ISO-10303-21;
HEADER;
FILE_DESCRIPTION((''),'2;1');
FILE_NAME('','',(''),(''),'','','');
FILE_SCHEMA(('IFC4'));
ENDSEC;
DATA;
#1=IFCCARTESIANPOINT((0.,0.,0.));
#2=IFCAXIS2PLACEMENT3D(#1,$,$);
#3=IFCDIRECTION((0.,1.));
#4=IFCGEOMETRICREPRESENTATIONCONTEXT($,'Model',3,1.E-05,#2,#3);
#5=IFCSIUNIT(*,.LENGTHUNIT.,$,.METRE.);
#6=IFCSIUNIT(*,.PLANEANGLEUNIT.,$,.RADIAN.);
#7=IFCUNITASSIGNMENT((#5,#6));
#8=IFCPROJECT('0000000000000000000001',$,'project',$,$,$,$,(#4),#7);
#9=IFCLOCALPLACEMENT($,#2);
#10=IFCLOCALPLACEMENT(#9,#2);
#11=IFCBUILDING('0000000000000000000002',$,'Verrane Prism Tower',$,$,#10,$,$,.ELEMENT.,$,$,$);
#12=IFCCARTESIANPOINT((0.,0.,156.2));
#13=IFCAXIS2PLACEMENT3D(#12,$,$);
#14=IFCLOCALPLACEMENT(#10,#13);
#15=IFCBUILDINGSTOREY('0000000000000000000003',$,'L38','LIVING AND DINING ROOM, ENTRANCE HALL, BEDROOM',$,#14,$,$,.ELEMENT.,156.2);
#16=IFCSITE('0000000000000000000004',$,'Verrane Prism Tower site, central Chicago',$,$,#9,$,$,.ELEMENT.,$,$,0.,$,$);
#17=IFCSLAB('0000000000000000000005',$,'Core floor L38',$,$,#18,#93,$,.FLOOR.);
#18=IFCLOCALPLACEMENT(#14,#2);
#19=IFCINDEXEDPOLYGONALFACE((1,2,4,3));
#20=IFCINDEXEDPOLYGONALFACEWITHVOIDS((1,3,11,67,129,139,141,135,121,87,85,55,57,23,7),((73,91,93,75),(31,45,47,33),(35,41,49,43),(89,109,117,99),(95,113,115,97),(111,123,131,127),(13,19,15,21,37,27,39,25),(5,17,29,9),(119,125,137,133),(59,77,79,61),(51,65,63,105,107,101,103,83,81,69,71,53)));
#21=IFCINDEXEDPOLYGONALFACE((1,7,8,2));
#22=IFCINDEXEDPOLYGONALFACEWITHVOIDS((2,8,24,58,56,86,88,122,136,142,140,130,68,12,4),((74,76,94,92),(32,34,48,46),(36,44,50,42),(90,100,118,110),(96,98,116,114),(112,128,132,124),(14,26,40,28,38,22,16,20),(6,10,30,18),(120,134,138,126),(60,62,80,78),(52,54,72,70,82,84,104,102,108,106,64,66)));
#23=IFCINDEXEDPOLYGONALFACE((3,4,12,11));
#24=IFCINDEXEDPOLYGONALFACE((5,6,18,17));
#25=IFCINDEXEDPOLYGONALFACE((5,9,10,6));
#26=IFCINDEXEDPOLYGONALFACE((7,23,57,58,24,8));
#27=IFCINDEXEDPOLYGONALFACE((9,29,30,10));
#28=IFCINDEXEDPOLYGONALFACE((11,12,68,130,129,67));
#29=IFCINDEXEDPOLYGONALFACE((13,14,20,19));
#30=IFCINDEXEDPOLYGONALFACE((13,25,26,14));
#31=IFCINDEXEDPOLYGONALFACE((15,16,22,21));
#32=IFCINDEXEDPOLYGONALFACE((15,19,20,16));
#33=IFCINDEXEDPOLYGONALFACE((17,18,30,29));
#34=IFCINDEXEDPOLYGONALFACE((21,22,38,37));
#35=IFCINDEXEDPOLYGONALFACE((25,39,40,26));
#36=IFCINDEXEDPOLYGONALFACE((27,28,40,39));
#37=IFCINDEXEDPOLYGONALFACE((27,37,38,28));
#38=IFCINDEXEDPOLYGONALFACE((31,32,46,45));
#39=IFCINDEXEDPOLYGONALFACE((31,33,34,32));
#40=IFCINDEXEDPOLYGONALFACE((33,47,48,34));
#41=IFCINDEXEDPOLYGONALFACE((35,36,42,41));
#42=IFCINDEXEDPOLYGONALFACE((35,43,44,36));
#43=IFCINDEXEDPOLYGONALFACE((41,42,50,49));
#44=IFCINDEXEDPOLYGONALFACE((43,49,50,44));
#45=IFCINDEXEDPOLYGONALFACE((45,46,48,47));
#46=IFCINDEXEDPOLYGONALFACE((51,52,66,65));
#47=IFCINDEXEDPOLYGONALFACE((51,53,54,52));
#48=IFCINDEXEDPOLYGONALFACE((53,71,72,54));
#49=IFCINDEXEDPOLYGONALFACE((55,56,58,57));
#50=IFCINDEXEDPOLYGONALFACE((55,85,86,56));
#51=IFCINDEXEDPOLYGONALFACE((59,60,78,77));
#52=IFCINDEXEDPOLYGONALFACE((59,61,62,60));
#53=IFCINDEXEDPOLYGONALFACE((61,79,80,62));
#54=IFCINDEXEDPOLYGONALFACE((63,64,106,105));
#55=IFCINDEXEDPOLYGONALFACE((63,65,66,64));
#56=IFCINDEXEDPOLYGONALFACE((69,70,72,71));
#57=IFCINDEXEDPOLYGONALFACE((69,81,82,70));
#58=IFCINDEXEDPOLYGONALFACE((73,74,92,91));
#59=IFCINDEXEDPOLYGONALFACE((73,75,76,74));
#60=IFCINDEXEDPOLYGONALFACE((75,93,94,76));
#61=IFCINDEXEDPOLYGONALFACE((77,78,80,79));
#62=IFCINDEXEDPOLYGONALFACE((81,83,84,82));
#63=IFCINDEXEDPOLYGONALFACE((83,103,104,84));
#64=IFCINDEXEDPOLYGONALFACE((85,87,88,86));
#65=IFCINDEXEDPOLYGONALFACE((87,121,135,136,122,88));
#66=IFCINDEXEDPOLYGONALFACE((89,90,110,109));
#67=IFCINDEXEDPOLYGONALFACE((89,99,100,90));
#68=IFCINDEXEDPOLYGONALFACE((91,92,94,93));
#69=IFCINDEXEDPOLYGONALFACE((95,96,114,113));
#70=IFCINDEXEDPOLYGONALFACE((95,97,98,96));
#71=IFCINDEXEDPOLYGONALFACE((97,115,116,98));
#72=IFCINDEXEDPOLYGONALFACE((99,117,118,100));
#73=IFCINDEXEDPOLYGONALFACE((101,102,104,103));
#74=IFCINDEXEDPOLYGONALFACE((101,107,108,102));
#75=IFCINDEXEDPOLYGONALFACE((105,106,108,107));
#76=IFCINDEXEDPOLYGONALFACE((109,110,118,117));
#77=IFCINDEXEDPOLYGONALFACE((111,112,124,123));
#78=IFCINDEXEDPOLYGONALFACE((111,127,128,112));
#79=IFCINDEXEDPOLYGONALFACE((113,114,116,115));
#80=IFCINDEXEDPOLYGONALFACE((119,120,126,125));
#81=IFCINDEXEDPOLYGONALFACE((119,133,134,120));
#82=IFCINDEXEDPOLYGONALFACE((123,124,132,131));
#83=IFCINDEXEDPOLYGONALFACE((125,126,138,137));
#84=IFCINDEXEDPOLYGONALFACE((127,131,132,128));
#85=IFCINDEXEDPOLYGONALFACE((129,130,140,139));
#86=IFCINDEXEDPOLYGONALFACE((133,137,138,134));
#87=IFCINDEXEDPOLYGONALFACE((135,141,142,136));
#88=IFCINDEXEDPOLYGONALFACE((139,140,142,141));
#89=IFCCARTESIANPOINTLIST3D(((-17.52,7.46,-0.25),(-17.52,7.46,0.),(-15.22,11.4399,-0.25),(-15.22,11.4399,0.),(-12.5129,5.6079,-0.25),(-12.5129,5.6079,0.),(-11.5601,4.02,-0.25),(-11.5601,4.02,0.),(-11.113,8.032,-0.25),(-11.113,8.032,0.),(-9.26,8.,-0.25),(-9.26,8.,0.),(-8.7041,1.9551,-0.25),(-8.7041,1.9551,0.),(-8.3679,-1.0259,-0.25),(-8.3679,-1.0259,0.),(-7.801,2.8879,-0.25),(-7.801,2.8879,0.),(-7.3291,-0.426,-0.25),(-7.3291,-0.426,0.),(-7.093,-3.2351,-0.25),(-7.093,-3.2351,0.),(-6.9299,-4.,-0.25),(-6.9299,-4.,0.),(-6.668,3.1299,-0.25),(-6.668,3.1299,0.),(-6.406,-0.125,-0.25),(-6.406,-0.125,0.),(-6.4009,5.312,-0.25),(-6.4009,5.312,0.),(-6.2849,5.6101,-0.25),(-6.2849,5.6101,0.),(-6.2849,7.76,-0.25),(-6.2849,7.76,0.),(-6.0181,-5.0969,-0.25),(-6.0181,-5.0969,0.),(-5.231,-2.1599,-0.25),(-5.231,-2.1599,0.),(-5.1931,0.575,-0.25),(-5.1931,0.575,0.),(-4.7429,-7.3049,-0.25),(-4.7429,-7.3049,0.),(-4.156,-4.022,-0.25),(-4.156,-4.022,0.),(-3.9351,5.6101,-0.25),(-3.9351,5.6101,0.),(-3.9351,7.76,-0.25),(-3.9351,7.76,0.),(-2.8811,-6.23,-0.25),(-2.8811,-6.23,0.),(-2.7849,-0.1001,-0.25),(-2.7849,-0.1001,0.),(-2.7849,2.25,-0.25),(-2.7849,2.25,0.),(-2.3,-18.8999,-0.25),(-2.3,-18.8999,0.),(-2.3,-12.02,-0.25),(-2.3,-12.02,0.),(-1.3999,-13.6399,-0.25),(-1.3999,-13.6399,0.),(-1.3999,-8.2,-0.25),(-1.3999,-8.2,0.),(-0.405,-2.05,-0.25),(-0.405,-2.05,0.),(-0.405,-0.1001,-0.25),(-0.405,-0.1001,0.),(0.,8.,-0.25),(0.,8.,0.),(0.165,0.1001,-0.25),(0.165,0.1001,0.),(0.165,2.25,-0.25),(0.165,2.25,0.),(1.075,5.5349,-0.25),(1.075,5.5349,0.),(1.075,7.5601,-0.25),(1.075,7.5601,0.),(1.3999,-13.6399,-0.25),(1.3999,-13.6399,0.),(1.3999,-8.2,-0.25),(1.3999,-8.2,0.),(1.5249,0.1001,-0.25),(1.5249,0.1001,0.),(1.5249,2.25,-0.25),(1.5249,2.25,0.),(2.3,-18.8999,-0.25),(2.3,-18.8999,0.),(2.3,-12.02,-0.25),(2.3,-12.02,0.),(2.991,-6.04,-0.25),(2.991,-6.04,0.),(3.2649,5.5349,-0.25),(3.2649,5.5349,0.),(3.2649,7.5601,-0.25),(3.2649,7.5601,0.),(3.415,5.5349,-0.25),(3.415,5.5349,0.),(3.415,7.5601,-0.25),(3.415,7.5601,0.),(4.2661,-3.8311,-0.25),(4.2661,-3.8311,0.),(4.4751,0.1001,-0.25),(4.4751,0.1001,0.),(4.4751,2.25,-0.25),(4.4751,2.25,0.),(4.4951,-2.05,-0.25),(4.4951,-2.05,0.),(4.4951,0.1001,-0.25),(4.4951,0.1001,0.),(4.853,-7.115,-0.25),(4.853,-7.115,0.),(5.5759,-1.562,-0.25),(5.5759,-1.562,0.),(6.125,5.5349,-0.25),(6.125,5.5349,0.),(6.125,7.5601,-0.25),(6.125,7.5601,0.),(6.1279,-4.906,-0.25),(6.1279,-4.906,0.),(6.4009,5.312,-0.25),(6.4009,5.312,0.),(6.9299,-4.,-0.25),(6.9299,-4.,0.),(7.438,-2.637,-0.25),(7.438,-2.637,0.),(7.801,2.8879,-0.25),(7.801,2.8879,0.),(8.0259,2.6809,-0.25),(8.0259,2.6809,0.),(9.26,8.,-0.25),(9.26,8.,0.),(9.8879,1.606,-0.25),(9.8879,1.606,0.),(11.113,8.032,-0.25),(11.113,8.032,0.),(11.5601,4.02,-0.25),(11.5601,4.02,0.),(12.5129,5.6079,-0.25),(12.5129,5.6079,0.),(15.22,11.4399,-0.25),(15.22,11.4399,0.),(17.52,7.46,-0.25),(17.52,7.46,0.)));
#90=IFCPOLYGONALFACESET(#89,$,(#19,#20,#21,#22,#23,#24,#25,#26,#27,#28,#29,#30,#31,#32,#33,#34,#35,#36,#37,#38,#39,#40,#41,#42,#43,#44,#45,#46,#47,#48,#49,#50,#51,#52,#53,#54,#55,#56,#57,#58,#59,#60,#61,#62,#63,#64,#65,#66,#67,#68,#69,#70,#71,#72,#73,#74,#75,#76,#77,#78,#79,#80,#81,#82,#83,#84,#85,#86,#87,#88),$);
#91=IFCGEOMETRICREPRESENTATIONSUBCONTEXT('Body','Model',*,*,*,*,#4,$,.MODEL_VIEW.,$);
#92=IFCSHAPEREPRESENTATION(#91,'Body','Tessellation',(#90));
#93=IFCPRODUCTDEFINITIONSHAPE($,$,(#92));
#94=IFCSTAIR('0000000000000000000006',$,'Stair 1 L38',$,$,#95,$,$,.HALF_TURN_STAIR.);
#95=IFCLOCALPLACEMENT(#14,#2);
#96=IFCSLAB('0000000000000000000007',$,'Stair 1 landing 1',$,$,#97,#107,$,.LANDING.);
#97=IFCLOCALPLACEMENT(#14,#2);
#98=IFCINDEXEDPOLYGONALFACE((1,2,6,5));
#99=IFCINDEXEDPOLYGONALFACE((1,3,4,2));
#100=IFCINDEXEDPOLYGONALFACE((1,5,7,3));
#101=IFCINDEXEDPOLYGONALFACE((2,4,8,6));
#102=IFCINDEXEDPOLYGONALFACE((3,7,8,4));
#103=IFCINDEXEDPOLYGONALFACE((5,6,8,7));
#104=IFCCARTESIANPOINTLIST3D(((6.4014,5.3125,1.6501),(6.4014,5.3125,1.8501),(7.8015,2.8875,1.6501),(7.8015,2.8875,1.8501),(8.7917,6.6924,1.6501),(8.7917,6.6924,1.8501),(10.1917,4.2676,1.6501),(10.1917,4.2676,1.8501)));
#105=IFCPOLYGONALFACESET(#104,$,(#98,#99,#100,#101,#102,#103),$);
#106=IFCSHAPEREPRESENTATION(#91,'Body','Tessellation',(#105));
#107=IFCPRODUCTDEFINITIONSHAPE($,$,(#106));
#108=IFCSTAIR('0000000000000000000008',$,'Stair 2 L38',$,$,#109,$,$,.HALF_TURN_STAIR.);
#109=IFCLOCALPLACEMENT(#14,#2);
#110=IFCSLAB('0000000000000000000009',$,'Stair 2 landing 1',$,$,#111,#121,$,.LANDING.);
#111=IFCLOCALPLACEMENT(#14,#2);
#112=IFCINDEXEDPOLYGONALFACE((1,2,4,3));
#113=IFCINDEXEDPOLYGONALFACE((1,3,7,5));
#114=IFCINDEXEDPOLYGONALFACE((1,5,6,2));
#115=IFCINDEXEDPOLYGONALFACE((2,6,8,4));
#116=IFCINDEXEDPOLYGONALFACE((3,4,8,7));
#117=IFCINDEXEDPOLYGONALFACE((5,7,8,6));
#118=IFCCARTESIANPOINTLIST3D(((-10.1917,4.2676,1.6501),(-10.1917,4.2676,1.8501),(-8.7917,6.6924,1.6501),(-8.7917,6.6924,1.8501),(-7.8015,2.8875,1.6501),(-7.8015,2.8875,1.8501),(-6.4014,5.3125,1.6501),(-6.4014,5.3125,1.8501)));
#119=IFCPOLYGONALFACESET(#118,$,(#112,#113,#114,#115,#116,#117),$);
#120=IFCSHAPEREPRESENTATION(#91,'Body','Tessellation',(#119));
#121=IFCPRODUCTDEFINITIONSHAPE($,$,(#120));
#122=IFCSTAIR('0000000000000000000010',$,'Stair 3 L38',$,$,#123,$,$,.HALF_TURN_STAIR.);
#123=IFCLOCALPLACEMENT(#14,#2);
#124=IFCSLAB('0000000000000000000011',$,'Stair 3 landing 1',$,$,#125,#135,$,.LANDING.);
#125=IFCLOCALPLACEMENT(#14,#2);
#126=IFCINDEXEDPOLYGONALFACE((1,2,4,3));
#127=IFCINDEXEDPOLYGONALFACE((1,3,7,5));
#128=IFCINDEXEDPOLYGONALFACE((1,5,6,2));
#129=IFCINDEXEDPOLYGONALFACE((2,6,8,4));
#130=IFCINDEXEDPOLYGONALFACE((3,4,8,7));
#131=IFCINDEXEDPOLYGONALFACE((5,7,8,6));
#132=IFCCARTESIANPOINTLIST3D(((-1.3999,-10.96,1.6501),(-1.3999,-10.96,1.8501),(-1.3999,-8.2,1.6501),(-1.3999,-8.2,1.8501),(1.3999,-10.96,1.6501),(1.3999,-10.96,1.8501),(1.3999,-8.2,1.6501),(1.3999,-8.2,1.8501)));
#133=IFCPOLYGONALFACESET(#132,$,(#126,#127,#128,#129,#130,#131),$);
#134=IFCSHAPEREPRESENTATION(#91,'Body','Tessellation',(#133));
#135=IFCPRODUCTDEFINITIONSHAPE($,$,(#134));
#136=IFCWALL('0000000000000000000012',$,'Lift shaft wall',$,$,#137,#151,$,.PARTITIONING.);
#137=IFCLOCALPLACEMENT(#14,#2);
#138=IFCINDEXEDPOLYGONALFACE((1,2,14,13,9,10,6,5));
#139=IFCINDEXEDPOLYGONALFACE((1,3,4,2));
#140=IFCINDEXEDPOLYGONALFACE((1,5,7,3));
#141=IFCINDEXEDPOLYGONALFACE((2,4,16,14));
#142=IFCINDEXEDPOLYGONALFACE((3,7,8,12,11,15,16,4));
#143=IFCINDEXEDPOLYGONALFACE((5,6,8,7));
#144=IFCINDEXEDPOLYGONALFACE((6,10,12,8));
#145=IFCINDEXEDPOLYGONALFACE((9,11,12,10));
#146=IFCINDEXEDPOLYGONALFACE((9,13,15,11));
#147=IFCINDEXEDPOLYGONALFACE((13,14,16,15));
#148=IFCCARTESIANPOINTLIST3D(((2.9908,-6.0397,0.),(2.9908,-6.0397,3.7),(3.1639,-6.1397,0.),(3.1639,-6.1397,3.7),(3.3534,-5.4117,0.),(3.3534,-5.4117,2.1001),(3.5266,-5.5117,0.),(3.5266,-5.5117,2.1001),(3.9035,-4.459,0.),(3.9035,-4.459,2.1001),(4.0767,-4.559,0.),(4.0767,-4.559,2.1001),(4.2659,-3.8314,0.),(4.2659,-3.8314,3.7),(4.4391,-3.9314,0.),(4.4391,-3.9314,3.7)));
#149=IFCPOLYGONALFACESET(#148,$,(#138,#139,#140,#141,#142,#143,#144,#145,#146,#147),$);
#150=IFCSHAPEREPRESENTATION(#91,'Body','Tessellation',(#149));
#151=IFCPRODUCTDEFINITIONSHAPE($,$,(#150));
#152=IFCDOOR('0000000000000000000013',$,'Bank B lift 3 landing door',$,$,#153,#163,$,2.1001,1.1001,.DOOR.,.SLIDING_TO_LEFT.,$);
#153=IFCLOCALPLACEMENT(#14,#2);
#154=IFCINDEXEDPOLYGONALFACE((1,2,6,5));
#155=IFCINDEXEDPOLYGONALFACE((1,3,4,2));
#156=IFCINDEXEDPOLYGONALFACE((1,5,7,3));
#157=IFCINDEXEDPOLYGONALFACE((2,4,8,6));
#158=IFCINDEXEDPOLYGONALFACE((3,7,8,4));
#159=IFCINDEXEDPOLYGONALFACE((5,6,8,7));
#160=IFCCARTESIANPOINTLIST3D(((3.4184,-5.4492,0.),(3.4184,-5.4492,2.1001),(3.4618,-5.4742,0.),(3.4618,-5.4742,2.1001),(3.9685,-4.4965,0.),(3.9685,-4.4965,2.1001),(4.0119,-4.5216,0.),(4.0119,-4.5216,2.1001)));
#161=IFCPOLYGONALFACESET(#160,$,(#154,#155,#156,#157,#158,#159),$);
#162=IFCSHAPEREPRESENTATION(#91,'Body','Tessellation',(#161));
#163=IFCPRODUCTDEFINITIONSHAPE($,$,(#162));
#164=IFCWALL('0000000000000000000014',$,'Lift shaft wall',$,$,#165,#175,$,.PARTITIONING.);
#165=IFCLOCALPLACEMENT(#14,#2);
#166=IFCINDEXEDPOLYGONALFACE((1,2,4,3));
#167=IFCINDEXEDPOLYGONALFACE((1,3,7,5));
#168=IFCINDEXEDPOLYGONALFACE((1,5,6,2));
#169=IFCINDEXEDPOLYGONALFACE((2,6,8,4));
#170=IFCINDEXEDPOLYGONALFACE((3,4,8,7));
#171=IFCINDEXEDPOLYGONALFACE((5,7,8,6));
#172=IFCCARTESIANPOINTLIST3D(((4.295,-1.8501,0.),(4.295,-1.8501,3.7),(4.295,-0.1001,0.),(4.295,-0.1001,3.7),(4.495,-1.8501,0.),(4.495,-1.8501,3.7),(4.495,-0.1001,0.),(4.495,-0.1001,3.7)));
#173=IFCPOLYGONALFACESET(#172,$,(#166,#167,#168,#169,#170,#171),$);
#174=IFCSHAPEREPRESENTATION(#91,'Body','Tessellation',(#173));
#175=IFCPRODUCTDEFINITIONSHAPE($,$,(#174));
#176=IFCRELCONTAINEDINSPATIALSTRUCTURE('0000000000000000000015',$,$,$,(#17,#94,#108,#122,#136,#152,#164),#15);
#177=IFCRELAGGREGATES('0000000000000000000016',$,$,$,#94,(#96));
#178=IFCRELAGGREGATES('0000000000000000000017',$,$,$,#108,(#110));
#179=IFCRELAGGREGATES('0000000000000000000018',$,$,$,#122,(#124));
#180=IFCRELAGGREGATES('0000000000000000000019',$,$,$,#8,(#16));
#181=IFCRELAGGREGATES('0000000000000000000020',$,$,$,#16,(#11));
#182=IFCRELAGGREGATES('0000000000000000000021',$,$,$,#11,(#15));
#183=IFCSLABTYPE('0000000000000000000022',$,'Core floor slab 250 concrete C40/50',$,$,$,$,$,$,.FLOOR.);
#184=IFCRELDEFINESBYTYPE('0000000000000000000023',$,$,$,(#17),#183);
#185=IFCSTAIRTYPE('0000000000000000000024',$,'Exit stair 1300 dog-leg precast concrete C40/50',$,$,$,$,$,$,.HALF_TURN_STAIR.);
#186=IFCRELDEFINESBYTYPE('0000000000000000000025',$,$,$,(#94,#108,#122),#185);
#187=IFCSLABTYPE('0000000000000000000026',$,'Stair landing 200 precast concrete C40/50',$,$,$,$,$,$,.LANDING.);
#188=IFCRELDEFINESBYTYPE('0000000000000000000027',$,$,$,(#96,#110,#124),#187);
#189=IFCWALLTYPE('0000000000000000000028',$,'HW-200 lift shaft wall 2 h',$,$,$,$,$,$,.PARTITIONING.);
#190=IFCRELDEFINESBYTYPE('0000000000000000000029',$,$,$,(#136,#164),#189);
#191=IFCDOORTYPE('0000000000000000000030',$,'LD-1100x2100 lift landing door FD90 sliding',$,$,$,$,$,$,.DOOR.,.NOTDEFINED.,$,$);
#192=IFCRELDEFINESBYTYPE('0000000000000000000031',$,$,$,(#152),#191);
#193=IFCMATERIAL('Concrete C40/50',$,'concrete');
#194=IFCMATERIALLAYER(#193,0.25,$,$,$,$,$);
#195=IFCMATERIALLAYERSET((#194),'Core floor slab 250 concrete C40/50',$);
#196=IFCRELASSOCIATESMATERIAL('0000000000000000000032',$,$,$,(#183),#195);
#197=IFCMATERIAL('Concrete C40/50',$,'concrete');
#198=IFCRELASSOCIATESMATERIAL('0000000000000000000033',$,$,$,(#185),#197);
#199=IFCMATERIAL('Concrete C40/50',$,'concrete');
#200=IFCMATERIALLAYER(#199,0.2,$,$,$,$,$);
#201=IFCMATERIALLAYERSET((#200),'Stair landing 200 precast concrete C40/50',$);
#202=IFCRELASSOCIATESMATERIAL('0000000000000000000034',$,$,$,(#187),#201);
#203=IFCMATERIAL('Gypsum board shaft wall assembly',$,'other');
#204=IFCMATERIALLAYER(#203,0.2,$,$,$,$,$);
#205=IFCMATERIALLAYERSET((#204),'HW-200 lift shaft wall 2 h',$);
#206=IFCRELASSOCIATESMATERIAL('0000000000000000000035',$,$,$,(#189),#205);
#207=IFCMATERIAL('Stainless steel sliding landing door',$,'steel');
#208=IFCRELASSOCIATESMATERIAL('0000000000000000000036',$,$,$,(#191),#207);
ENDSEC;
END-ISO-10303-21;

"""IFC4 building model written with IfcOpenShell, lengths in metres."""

from ifc_helpers import new_model, si_unit, direction, frame, frame_2d, origin, place, context, subcontext, project, spatial, polyline, rectangle, outline, extrude, material, layer, layer_set, type_object, element, fill, aggregate, save


model = new_model("IFC4")

# Units and contexts
model_context = context("Model", 3, precision=1e-05, world=origin(), true_north=direction((0.0, 1.0)))
body_context = subcontext(model_context, "Body", "Model", "MODEL_VIEW")
ifc_project = project(units=[si_unit("LENGTHUNIT", "METRE"), si_unit("PLANEANGLEUNIT", "RADIAN")], contexts=[model_context])

# Site, building, storey
site_placement = place(None, origin())
site = spatial("IfcSite", under=ifc_project, at=site_placement, Name="Verrane Prism Tower site, central Chicago", CompositionType="ELEMENT", RefElevation=0.0)
building_placement = place(site_placement, origin())
building = spatial("IfcBuilding", under=site, at=building_placement, Name="Verrane Prism Tower", CompositionType="ELEMENT")
storey_placement = place(building_placement, frame((0.0, 0.0, 156.2)))
storey = spatial("IfcBuildingStorey", under=building, at=storey_placement, Name="L38", Description="LIVING AND DINING ROOM, ENTRANCE HALL, BEDROOM", CompositionType="ELEMENT", Elevation=156.2)

# Slab
ifc_material_1 = material(Name="Concrete C40/50", Category="concrete")
ifc_layer_1 = layer(ifc_material_1, 0.25)
ifc_layer_set_1 = layer_set([ifc_layer_1], Name="Core floor slab 250 concrete C40/50")
slab_type_1 = type_object("IfcSlabType", Name="Core floor slab 250 concrete C40/50", PredefinedType="FLOOR", material=ifc_layer_set_1)
slab_1_placement = place(storey_placement, frame((0.0, 0.0, -0.25)))
element("IfcSlab", 1, at=slab_1_placement, inside=storey, type_object=slab_type_1, Name="Core floor L38", PredefinedType="FLOOR", context=body_context, shape_type="SweptSolid", body=[
    extrude(outline(polyline([(11.5601, 4.02), (17.52, 7.46), (15.22, 11.4399), (9.26, 8.0), (0.0, 8.0), (-9.26, 8.0), (-15.22, 11.4399), (-17.52, 7.46), (-11.5601, 4.02), (-6.9299, -4.0), (-2.3, -12.02), (-2.3, -18.8999), (2.3, -18.8999), (2.3, -12.02), (6.9299, -4.0), (11.5601, 4.02)]), holes=[polyline([(1.3999, -8.2), (1.3999, -13.6399), (-1.3999, -13.6399), (-1.3999, -8.2), (1.3999, -8.2)]), polyline([(-2.8811, -6.23), (-4.7429, -7.3049), (-6.0181, -5.0969), (-4.156, -4.022), (-2.8811, -6.23)]), polyline([(-7.801, 2.8879), (-12.5129, 5.6079), (-11.113, 8.032), (-6.4009, 5.312), (-7.801, 2.8879)]), polyline([(-6.2849, 5.6101), (-6.2849, 7.76), (-3.9351, 7.76), (-3.9351, 5.6101), (-6.2849, 5.6101)]), polyline([(4.2661, -3.8311), (6.1279, -4.906), (4.853, -7.115), (2.991, -6.04), (4.2661, -3.8311)]), polyline([(7.438, -2.637), (5.5759, -1.562), (8.0259, 2.6809), (9.8879, 1.606), (7.438, -2.637)]), polyline([(0.165, 0.1001), (1.5249, 0.1001), (1.5249, 2.25), (4.4751, 2.25), (4.4751, 0.1001), (4.4951, 0.1001), (4.4951, -2.05), (-0.405, -2.05), (-0.405, -0.1001), (-2.7849, -0.1001), (-2.7849, 2.25), (0.165, 2.25), (0.165, 0.1001)]), polyline([(6.4009, 5.312), (11.113, 8.032), (12.5129, 5.6079), (7.801, 2.8879), (6.4009, 5.312)]), polyline([(1.075, 5.5349), (1.075, 7.5601), (3.2649, 7.5601), (3.2649, 5.5349), (1.075, 5.5349)]), polyline([(3.415, 7.5601), (6.125, 7.5601), (6.125, 5.5349), (3.415, 5.5349), (3.415, 7.5601)]), polyline([(-5.231, -2.1599), (-7.093, -3.2351), (-8.3679, -1.0259), (-7.3291, -0.426), (-8.7041, 1.9551), (-6.668, 3.1299), (-5.1931, 0.575), (-6.406, -0.125), (-5.231, -2.1599)])]), origin(), (0.0, 0.0, 1.0), 0.25),
])

# Stairs, slabs
ifc_material_2 = material(Name="Concrete C40/50", Category="concrete")
stair_type = type_object("IfcStairType", Name="Exit stair 1300 dog-leg precast concrete C40/50", PredefinedType="HALF_TURN_STAIR", material=ifc_material_2)
stair_1_placement = place(storey_placement, origin())
stair_1 = element("IfcStair", 2, at=stair_1_placement, inside=storey, type_object=stair_type, Name="Stair 1 L38", PredefinedType="HALF_TURN_STAIR")
ifc_material_3 = material(Name="Concrete C40/50", Category="concrete")
ifc_layer_2 = layer(ifc_material_3, 0.2)
ifc_layer_set_2 = layer_set([ifc_layer_2], Name="Stair landing 200 precast concrete C40/50")
slab_type_2 = type_object("IfcSlabType", Name="Stair landing 200 precast concrete C40/50", PredefinedType="LANDING", material=ifc_layer_set_2)
slab_2_placement = place(storey_placement, frame((0.0, 0.0, 1.6501)))
slab_2 = element("IfcSlab", 3, at=slab_2_placement, type_object=slab_type_2, Name="Stair 1 landing 1", PredefinedType="LANDING", context=body_context, shape_type="SweptSolid", body=[
    extrude(outline(polyline([(8.7917, 6.6924), (6.4014, 5.3125), (7.8015, 2.8875), (10.1917, 4.2676), (8.7917, 6.6924)])), origin(), (0.0, 0.0, 1.0), 0.2),
])
aggregate(stair_1, [slab_2])
stair_2_placement = place(storey_placement, origin())
stair_2 = element("IfcStair", 4, at=stair_2_placement, inside=storey, type_object=stair_type, Name="Stair 2 L38", PredefinedType="HALF_TURN_STAIR")
slab_3_placement = place(storey_placement, frame((0.0, 0.0, 1.6501)))
slab_3 = element("IfcSlab", 5, at=slab_3_placement, type_object=slab_type_2, Name="Stair 2 landing 1", PredefinedType="LANDING", context=body_context, shape_type="SweptSolid", body=[
    extrude(outline(polyline([(-10.1917, 4.2676), (-7.8015, 2.8875), (-6.4014, 5.3125), (-8.7917, 6.6924), (-10.1917, 4.2676)])), origin(), (0.0, 0.0, 1.0), 0.2),
])
aggregate(stair_2, [slab_3])
stair_3_placement = place(storey_placement, origin())
stair_3 = element("IfcStair", 6, at=stair_3_placement, inside=storey, type_object=stair_type, Name="Stair 3 L38", PredefinedType="HALF_TURN_STAIR")
slab_4_placement = place(storey_placement, frame((0.0, 0.0, 1.6501)))
slab_4 = element("IfcSlab", 7, at=slab_4_placement, type_object=slab_type_2, Name="Stair 3 landing 1", PredefinedType="LANDING", context=body_context, shape_type="SweptSolid", body=[
    extrude(outline(polyline([(1.3999, -10.96), (1.3999, -8.2), (-1.3999, -8.2), (-1.3999, -10.96), (1.3999, -10.96)])), origin(), (0.0, 0.0, 1.0), 0.2),
])
aggregate(stair_3, [slab_4])

# Wall, opening, door
ifc_material_4 = material(Name="Gypsum board shaft wall assembly", Category="other")
ifc_layer_3 = layer(ifc_material_4, 0.2)
ifc_layer_set_3 = layer_set([ifc_layer_3], Name="HW-200 lift shaft wall 2 h")
wall_type_1 = type_object("IfcWallType", Name="HW-200 lift shaft wall 2 h", PredefinedType="PARTITIONING", material=ifc_layer_set_3)
wall_1_placement = place(storey_placement, frame((3.0774, -6.0896, 0.0), z_axis=(0.0, 0.0, 1.0), x_axis=(0.500062, 0.865989, 0.0)))
wall_1 = element("IfcWall", 8, at=wall_1_placement, inside=storey, type_object=wall_type_1, Name="Lift shaft wall", PredefinedType="PARTITIONING", context=body_context, shape_type="SweptSolid", body=[
    extrude(rectangle(XDim=2.55, YDim=0.2, at=frame_2d((1.2749, 0.0))), origin(), (0.0, 0.0, 1.0), 3.7),
])
opening_1_placement = place(wall_1_placement, frame((0.7251, 0.0, 0.0)))
opening_1 = element("IfcOpeningElement", 9, at=opening_1_placement, cuts=wall_1, PredefinedType="OPENING", context=body_context, shape_type="SweptSolid", body=[
    extrude(rectangle(XDim=1.1001, YDim=2.1001, at=frame_2d((0.55, 1.05))), frame((0.0, 0.1099, 0.0), z_axis=(0.0, -1.0, 0.0), x_axis=(1.0, 0.0, 0.0)), (0.0, 0.0, 1.0), 0.22),
])
ifc_material_5 = material(Name="Stainless steel sliding landing door", Category="steel")
door_type_1 = type_object("IfcDoorType", Name="LD-1100x2100 lift landing door FD90 sliding", OperationType="NOTDEFINED", PredefinedType="DOOR", material=ifc_material_5)
door_1_placement = place(opening_1_placement, origin())
door_1 = element("IfcDoor", 10, at=door_1_placement, inside=storey, type_object=door_type_1, Name="Bank B lift 3 landing door", OperationType="SLIDING_TO_LEFT", OverallHeight=2.1001, OverallWidth=1.1001, PredefinedType="DOOR", context=body_context, shape_type="SweptSolid", body=[
    extrude(rectangle(XDim=1.1001, YDim=2.1001, at=frame_2d((0.55, 1.05))), frame((0.0, 0.0249, 0.0), z_axis=(0.0, -1.0, 0.0), x_axis=(1.0, 0.0, 0.0)), (0.0, 0.0, 1.0), 0.05),
])
fill(opening_1, door_1)

# Wall
wall_2_placement = place(storey_placement, frame((4.395, -1.8501, 0.0), z_axis=(0.0, 0.0, 1.0), x_axis=(0.0, 1.0, 0.0)))
element("IfcWall", 11, at=wall_2_placement, inside=storey, type_object=wall_type_1, Name="Lift shaft wall", PredefinedType="PARTITIONING", context=body_context, shape_type="SweptSolid", body=[
    extrude(rectangle(XDim=1.75, YDim=0.2, at=frame_2d((0.875, 0.0))), origin(), (0.0, 0.0, 1.0), 3.7),
])

save(model, "model.ifc")
